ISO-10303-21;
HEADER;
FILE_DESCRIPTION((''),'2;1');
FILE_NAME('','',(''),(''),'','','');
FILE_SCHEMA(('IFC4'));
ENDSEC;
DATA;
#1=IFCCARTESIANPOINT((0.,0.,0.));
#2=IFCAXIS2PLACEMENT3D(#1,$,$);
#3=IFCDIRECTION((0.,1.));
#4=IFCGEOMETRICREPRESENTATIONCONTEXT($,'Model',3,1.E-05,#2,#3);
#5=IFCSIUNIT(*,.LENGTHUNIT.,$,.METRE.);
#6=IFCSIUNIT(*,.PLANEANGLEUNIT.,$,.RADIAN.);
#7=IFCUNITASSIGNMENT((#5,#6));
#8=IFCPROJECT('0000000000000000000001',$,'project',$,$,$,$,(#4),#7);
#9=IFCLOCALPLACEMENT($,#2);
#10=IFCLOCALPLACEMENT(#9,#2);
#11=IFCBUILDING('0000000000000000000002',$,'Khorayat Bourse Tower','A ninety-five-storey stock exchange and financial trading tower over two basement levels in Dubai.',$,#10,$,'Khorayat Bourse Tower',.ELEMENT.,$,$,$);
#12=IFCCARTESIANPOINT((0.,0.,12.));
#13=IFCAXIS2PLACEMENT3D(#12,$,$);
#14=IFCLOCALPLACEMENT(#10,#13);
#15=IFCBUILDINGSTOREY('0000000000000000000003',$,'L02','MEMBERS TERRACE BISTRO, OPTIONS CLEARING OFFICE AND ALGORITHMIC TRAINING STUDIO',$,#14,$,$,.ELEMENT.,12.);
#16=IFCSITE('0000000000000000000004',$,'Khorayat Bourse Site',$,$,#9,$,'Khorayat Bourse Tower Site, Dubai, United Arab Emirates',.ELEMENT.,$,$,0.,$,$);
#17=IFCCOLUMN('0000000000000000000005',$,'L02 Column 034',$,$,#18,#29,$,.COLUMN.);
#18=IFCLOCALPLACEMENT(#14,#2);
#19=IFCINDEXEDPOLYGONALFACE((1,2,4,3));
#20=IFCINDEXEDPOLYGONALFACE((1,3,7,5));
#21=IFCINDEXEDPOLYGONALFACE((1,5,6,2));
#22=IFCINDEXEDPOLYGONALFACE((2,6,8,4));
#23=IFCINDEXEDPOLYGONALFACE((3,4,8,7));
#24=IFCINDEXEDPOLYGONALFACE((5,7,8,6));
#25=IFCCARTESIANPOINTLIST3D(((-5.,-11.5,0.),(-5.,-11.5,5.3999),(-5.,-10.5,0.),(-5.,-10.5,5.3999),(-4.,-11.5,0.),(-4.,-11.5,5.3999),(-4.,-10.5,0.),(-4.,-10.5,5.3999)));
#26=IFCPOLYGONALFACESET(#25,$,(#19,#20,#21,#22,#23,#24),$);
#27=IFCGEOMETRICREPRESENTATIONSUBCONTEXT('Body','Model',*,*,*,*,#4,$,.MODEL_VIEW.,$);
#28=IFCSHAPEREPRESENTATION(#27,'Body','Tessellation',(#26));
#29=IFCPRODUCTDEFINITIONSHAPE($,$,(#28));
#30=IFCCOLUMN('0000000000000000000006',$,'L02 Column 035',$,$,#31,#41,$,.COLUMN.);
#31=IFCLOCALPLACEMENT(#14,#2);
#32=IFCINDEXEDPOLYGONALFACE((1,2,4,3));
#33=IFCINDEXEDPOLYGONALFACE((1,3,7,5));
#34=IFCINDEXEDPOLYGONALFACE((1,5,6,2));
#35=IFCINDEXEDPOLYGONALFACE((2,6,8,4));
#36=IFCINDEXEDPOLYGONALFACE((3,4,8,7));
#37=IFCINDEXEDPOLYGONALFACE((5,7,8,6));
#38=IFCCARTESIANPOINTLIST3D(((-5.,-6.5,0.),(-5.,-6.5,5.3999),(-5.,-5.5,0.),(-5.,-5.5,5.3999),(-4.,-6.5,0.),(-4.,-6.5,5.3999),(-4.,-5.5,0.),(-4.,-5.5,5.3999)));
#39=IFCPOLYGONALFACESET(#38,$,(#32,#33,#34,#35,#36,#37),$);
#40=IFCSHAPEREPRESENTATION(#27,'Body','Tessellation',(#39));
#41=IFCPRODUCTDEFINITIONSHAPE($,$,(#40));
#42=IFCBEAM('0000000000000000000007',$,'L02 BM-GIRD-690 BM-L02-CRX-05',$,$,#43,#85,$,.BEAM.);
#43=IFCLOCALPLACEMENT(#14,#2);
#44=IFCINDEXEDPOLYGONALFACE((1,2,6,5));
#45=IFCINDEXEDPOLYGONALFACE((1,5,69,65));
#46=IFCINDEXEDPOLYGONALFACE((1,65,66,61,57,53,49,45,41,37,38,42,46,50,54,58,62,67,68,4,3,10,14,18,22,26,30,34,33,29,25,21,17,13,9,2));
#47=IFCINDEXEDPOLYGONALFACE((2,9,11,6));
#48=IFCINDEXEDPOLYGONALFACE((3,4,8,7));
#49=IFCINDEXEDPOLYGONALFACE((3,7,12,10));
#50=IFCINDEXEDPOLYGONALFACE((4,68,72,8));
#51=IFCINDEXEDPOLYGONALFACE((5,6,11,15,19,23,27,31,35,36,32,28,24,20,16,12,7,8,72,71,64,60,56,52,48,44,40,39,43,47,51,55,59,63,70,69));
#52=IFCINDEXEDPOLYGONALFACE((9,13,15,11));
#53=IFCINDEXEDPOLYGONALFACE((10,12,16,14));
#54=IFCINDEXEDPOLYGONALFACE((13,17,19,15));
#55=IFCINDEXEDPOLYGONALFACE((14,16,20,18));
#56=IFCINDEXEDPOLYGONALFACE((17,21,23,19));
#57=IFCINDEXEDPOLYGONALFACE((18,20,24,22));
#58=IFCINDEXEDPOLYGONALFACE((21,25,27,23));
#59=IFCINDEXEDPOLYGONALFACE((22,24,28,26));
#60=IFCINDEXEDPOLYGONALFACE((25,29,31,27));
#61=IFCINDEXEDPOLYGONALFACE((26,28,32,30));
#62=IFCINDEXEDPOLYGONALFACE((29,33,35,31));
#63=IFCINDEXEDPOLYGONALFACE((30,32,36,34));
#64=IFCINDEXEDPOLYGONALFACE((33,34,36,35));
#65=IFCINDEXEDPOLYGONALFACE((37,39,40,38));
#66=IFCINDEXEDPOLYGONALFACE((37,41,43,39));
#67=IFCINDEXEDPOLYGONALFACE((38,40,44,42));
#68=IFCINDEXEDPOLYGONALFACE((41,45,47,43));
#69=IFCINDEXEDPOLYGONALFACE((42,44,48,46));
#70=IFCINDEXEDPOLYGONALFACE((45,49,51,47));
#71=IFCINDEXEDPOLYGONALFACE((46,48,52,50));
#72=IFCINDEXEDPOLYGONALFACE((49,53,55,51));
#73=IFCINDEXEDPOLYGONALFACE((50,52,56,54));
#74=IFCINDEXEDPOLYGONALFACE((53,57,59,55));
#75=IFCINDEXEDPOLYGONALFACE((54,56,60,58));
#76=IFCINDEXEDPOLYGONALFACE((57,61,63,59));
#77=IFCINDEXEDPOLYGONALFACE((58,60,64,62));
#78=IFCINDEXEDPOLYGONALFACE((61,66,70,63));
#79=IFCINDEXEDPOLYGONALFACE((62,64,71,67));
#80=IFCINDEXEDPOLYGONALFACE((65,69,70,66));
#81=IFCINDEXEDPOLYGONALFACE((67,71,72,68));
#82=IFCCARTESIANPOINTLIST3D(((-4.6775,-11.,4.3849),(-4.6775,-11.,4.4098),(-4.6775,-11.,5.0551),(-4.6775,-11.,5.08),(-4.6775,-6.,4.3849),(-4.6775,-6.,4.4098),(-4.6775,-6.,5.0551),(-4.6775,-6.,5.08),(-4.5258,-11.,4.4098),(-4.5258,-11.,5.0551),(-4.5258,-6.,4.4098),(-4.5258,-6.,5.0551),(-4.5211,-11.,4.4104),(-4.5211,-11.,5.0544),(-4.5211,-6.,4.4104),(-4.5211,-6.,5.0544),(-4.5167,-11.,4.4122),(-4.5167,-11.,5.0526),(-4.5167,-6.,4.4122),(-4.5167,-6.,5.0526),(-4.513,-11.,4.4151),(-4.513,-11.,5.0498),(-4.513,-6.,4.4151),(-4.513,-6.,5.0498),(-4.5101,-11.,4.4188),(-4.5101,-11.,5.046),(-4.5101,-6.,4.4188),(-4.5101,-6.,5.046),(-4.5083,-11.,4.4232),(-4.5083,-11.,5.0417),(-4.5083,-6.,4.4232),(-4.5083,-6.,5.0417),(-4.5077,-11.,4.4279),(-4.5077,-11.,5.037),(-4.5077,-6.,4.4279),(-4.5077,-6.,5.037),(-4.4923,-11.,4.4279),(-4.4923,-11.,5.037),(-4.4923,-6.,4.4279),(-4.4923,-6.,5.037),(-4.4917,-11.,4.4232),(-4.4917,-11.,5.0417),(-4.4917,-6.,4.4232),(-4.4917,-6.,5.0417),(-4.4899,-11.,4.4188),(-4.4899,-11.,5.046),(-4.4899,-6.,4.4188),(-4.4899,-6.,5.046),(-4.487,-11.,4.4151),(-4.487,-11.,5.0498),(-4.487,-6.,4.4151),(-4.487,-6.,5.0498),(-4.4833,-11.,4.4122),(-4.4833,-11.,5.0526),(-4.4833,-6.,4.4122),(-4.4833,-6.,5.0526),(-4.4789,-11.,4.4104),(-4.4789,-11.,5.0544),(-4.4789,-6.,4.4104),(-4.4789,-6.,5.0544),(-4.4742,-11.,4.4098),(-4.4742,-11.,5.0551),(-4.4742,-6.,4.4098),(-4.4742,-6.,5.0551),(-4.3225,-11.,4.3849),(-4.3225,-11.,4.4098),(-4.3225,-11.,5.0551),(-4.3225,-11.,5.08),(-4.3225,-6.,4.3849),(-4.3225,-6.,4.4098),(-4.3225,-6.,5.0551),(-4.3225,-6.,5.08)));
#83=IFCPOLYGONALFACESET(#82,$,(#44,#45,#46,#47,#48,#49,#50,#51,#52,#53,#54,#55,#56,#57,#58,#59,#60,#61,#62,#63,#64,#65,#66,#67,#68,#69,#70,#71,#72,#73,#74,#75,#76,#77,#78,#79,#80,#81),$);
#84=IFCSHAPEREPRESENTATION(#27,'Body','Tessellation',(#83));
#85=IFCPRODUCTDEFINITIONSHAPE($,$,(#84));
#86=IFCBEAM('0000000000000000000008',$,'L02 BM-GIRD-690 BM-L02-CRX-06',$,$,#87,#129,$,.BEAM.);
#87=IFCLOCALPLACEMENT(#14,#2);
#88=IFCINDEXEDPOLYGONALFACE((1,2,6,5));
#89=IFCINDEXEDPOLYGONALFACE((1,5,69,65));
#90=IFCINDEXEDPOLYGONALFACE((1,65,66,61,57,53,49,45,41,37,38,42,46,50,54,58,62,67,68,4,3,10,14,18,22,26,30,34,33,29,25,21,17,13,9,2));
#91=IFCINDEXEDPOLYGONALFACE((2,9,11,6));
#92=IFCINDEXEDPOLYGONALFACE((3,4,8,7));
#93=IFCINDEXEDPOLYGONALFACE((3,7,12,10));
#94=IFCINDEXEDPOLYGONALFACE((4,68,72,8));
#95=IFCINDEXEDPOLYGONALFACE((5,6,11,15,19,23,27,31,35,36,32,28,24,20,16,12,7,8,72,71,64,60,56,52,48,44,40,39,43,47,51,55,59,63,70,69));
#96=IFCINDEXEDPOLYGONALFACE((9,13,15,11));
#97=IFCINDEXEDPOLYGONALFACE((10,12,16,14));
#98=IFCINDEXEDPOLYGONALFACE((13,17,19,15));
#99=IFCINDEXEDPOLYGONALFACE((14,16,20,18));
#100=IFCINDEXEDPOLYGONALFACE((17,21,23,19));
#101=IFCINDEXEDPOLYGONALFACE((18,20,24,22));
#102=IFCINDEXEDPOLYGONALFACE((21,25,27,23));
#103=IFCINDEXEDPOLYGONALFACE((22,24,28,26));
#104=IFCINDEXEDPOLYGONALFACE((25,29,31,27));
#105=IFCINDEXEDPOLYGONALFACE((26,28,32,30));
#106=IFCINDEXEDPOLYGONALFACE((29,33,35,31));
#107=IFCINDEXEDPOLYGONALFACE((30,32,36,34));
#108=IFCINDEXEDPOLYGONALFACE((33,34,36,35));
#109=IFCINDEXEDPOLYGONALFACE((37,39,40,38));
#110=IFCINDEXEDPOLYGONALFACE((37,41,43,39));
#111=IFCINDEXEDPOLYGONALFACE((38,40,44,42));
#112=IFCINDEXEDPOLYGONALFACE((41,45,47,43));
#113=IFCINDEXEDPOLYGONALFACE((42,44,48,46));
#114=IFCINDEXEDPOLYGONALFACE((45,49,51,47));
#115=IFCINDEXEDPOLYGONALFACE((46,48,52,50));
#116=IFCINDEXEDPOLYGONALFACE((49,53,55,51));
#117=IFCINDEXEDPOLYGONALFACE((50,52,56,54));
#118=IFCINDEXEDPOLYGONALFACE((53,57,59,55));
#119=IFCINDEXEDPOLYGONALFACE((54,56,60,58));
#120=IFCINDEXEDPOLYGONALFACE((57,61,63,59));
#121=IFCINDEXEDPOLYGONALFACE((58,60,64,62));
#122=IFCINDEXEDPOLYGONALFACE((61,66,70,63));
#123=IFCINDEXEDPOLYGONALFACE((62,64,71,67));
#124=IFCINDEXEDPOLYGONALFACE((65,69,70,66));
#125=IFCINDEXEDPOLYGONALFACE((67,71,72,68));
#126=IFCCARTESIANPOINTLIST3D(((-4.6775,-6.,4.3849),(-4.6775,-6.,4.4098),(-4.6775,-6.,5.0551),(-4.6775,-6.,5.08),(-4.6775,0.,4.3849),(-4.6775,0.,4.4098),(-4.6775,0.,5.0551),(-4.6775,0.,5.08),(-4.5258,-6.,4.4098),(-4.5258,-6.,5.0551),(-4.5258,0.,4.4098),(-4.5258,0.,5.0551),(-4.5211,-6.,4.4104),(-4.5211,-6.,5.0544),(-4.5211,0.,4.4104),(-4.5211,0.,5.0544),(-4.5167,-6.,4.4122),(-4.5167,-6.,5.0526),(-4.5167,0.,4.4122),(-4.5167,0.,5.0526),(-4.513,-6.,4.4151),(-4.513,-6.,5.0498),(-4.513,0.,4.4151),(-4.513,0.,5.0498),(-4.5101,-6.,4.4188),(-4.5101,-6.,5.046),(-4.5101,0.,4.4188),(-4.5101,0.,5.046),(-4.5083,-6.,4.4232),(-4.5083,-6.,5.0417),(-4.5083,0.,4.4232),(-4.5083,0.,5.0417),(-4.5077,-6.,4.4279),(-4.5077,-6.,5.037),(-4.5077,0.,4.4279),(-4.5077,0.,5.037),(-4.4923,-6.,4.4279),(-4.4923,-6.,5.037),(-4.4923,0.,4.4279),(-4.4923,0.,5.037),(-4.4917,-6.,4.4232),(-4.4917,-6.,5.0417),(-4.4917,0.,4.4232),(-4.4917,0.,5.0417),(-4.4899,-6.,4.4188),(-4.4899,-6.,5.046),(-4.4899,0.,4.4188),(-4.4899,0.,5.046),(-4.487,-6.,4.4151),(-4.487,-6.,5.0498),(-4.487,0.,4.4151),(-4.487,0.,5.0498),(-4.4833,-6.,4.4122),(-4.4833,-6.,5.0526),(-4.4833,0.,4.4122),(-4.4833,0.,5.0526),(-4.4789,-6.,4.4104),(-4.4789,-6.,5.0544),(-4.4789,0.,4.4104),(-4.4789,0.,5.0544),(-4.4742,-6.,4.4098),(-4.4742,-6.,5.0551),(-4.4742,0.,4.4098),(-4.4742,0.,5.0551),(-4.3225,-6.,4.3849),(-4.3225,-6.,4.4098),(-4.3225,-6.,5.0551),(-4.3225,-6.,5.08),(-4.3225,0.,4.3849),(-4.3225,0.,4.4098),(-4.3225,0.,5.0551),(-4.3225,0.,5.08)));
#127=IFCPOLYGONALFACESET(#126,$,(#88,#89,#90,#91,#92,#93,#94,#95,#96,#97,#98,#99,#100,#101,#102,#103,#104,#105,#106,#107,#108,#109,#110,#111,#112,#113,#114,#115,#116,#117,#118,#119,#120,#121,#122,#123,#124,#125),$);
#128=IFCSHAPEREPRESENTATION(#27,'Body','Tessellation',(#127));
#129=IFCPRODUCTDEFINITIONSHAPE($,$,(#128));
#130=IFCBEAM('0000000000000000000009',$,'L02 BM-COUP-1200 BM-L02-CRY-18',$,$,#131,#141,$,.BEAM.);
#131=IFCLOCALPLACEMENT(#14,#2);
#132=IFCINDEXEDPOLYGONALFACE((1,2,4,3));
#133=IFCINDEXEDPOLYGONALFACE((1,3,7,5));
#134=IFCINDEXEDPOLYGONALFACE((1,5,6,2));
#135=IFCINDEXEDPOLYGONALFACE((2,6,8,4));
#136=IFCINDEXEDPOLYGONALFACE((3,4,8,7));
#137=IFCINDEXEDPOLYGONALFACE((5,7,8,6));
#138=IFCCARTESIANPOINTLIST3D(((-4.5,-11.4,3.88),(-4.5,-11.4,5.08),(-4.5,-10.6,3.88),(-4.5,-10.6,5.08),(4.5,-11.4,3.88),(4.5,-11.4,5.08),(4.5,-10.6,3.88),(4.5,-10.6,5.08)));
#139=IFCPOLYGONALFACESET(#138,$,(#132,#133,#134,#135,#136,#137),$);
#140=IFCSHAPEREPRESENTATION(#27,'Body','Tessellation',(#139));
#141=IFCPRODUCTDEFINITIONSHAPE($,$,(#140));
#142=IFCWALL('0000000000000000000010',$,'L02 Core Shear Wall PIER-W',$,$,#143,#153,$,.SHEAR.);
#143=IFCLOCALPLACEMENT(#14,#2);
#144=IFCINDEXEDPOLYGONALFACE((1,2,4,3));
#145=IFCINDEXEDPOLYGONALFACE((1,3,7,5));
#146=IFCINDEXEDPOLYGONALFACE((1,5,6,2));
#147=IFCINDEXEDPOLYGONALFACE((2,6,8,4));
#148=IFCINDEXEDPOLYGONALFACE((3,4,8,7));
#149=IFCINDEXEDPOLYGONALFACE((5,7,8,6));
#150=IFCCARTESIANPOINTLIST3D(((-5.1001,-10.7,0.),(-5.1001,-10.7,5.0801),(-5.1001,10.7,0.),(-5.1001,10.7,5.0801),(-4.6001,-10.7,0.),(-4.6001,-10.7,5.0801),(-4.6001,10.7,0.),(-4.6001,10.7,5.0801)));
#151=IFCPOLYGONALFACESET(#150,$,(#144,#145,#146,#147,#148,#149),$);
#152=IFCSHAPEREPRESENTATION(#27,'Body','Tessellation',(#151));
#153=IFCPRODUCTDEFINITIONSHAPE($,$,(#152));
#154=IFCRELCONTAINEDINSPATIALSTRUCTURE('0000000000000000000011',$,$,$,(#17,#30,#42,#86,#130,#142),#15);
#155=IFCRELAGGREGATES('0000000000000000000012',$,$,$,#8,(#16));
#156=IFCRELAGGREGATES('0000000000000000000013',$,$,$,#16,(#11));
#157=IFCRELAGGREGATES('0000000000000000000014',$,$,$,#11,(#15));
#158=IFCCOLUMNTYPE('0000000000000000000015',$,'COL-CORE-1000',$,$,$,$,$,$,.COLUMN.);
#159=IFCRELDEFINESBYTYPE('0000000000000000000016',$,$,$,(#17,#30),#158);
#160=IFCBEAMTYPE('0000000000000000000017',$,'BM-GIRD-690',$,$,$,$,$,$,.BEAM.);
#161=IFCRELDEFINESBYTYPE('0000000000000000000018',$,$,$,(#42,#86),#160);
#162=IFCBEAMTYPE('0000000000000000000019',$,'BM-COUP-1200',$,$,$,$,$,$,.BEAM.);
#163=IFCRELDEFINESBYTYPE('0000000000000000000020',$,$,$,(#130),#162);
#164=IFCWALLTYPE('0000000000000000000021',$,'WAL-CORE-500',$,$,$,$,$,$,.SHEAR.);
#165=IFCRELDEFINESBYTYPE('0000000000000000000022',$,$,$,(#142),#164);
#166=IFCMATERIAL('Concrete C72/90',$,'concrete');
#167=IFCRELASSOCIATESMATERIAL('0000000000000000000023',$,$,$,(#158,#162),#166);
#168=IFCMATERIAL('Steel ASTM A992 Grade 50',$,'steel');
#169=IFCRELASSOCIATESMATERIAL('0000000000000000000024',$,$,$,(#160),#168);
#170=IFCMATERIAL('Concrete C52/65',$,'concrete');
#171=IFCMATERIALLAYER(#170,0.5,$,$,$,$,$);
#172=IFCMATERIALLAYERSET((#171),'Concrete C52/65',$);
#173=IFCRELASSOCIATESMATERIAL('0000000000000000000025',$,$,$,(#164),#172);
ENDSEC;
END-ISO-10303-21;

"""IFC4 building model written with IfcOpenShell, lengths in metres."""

from ifc_helpers import new_model, si_unit, direction, frame, frame_2d, origin, origin_2d, place, context, subcontext, project, spatial, rectangle, i_section, extrude, source, transform, mapped, material, layer, layer_set, material_profile, profile_set, type_object, element, save


model = new_model("IFC4")

# Units and contexts
model_context = context("Model", 3, precision=1e-05, world=origin(), true_north=direction((0.0, 1.0)))
body_context = subcontext(model_context, "Body", "Model", "MODEL_VIEW")
ifc_project = project(units=[si_unit("LENGTHUNIT", "METRE"), si_unit("PLANEANGLEUNIT", "RADIAN")], contexts=[model_context])

# Site, building, storey
site_placement = place(None, origin())
site = spatial("IfcSite", under=ifc_project, at=site_placement, Name="Khorayat Bourse Site", LongName="Khorayat Bourse Tower Site, Dubai, United Arab Emirates", CompositionType="ELEMENT", RefElevation=0.0)
building_placement = place(site_placement, origin())
building = spatial("IfcBuilding", under=site, at=building_placement, Name="Khorayat Bourse Tower", Description="A ninety-five-storey stock exchange and financial trading tower over two basement levels in Dubai.", LongName="Khorayat Bourse Tower", CompositionType="ELEMENT")
storey_placement = place(building_placement, frame((0.0, 0.0, 12.0)))
storey = spatial("IfcBuildingStorey", under=building, at=storey_placement, Name="L02", Description="MEMBERS TERRACE BISTRO, OPTIONS CLEARING OFFICE AND ALGORITHMIC TRAINING STUDIO", CompositionType="ELEMENT", Elevation=12.0)

# Columns
ifc_material_1 = material(Name="Concrete C72/90", Category="concrete")
ifc_material_profile_1 = material_profile(ifc_material_1, rectangle(XDim=1.0, YDim=1.0, at=origin_2d()), Name="RC 1000x1000")
ifc_profile_set_1 = profile_set([ifc_material_profile_1], Name="Concrete C72/90")
column_type = type_object("IfcColumnType", Name="COL-CORE-1000", PredefinedType="COLUMN", material=ifc_profile_set_1)
shared_shape_1 = source(origin(), body_context, "Body", "SweptSolid", [
    extrude(rectangle(XDim=1.0, YDim=1.0, at=origin_2d()), origin(), (0.0, 0.0, 1.0), 5.3999),
])
for number, where, z_axis, x_axis, name in (
    (1, (-4.5, -11.0, 0.0), (0.0, 0.0, 1.0), (1.0, 0.0, 0.0), "L02 Column 034"),
    (2, (-4.5, -6.0, 0.0), (0.0, 0.0, 1.0), (1.0, 0.0, 0.0), "L02 Column 035"),
):
    element("IfcColumn", number, at=place(storey_placement, frame(where, z_axis=z_axis, x_axis=x_axis)), inside=storey, type_object=column_type, Name=name, PredefinedType="COLUMN", context=body_context, shape_type="MappedRepresentation", body=[
        mapped(shared_shape_1, transform((0.0, 0.0, 0.0), scale=1.0)),
    ])

# Beams
ifc_material_2 = material(Name="Steel ASTM A992 Grade 50", Category="steel")
ifc_material_profile_2 = material_profile(ifc_material_2, i_section(OverallWidth=0.355, OverallDepth=0.6951, WebThickness=0.0154, FlangeThickness=0.0249, FilletRadius=0.0181, at=origin_2d()), Name="W690X217")
ifc_profile_set_2 = profile_set([ifc_material_profile_2], Name="Steel ASTM A992 Grade 50")
beam_type_1 = type_object("IfcBeamType", Name="BM-GIRD-690", PredefinedType="BEAM", material=ifc_profile_set_2)
shared_shape_2 = source(origin(), body_context, "Body", "SweptSolid", [
    extrude(i_section(OverallWidth=0.355, OverallDepth=0.6951, WebThickness=0.0154, FlangeThickness=0.0249, FilletRadius=0.0181, at=origin_2d()), origin(), (0.0, 0.0, 1.0), 5.0),
])
beam_1_placement = place(storey_placement, frame((-4.5, -11.0, 4.7324), z_axis=(0.0, 1.0, 0.0), x_axis=(-1.0, 0.0, 0.0)))
element("IfcBeam", 3, at=beam_1_placement, inside=storey, type_object=beam_type_1, Name="L02 BM-GIRD-690 BM-L02-CRX-05", PredefinedType="BEAM", context=body_context, shape_type="MappedRepresentation", body=[
    mapped(shared_shape_2, transform((0.0, 0.0, 0.0), scale=1.0)),
])
shared_shape_3 = source(origin(), body_context, "Body", "SweptSolid", [
    extrude(i_section(OverallWidth=0.355, OverallDepth=0.6951, WebThickness=0.0154, FlangeThickness=0.0249, FilletRadius=0.0181, at=origin_2d()), origin(), (0.0, 0.0, 1.0), 6.0),
])
beam_2_placement = place(storey_placement, frame((-4.5, -6.0, 4.7324), z_axis=(0.0, 1.0, 0.0), x_axis=(-1.0, 0.0, 0.0)))
element("IfcBeam", 4, at=beam_2_placement, inside=storey, type_object=beam_type_1, Name="L02 BM-GIRD-690 BM-L02-CRX-06", PredefinedType="BEAM", context=body_context, shape_type="MappedRepresentation", body=[
    mapped(shared_shape_3, transform((0.0, 0.0, 0.0), scale=1.0)),
])
ifc_material_profile_3 = material_profile(ifc_material_1, rectangle(XDim=0.8, YDim=1.2, at=origin_2d()), Name="RC 800x1200")
ifc_profile_set_3 = profile_set([ifc_material_profile_3], Name="Concrete C72/90")
beam_type_2 = type_object("IfcBeamType", Name="BM-COUP-1200", PredefinedType="BEAM", material=ifc_profile_set_3)
shared_shape_4 = source(origin(), body_context, "Body", "SweptSolid", [
    extrude(rectangle(XDim=0.8, YDim=1.2, at=origin_2d()), origin(), (0.0, 0.0, 1.0), 9.0),
])
beam_3_placement = place(storey_placement, frame((-4.5, -11.0, 4.48), z_axis=(1.0, 0.0, 0.0), x_axis=(0.0, 1.0, 0.0)))
element("IfcBeam", 5, at=beam_3_placement, inside=storey, type_object=beam_type_2, Name="L02 BM-COUP-1200 BM-L02-CRY-18", PredefinedType="BEAM", context=body_context, shape_type="MappedRepresentation", body=[
    mapped(shared_shape_4, transform((0.0, 0.0, 0.0), scale=1.0)),
])

# Wall
ifc_material_3 = material(Name="Concrete C52/65", Category="concrete")
ifc_layer_1 = layer(ifc_material_3, 0.5)
ifc_layer_set_1 = layer_set([ifc_layer_1], Name="Concrete C52/65")
wall_type_1 = type_object("IfcWallType", Name="WAL-CORE-500", PredefinedType="SHEAR", material=ifc_layer_set_1)
shared_shape_5 = source(origin(), body_context, "Body", "SweptSolid", [
    extrude(rectangle(XDim=21.3999, YDim=0.5, at=frame_2d((10.7, 0.0))), origin(), (0.0, 0.0, 1.0), 5.0801),
])
wall_1_placement = place(storey_placement, frame((-4.8501, -10.7, 0.0), z_axis=(0.0, 0.0, 1.0), x_axis=(0.0, 1.0, 0.0)))
element("IfcWall", 6, at=wall_1_placement, inside=storey, type_object=wall_type_1, Name="L02 Core Shear Wall PIER-W", PredefinedType="SHEAR", context=body_context, shape_type="MappedRepresentation", body=[
    mapped(shared_shape_5, transform((0.0, 0.0, 0.0), scale=1.0)),
])

save(model, "model.ifc")
